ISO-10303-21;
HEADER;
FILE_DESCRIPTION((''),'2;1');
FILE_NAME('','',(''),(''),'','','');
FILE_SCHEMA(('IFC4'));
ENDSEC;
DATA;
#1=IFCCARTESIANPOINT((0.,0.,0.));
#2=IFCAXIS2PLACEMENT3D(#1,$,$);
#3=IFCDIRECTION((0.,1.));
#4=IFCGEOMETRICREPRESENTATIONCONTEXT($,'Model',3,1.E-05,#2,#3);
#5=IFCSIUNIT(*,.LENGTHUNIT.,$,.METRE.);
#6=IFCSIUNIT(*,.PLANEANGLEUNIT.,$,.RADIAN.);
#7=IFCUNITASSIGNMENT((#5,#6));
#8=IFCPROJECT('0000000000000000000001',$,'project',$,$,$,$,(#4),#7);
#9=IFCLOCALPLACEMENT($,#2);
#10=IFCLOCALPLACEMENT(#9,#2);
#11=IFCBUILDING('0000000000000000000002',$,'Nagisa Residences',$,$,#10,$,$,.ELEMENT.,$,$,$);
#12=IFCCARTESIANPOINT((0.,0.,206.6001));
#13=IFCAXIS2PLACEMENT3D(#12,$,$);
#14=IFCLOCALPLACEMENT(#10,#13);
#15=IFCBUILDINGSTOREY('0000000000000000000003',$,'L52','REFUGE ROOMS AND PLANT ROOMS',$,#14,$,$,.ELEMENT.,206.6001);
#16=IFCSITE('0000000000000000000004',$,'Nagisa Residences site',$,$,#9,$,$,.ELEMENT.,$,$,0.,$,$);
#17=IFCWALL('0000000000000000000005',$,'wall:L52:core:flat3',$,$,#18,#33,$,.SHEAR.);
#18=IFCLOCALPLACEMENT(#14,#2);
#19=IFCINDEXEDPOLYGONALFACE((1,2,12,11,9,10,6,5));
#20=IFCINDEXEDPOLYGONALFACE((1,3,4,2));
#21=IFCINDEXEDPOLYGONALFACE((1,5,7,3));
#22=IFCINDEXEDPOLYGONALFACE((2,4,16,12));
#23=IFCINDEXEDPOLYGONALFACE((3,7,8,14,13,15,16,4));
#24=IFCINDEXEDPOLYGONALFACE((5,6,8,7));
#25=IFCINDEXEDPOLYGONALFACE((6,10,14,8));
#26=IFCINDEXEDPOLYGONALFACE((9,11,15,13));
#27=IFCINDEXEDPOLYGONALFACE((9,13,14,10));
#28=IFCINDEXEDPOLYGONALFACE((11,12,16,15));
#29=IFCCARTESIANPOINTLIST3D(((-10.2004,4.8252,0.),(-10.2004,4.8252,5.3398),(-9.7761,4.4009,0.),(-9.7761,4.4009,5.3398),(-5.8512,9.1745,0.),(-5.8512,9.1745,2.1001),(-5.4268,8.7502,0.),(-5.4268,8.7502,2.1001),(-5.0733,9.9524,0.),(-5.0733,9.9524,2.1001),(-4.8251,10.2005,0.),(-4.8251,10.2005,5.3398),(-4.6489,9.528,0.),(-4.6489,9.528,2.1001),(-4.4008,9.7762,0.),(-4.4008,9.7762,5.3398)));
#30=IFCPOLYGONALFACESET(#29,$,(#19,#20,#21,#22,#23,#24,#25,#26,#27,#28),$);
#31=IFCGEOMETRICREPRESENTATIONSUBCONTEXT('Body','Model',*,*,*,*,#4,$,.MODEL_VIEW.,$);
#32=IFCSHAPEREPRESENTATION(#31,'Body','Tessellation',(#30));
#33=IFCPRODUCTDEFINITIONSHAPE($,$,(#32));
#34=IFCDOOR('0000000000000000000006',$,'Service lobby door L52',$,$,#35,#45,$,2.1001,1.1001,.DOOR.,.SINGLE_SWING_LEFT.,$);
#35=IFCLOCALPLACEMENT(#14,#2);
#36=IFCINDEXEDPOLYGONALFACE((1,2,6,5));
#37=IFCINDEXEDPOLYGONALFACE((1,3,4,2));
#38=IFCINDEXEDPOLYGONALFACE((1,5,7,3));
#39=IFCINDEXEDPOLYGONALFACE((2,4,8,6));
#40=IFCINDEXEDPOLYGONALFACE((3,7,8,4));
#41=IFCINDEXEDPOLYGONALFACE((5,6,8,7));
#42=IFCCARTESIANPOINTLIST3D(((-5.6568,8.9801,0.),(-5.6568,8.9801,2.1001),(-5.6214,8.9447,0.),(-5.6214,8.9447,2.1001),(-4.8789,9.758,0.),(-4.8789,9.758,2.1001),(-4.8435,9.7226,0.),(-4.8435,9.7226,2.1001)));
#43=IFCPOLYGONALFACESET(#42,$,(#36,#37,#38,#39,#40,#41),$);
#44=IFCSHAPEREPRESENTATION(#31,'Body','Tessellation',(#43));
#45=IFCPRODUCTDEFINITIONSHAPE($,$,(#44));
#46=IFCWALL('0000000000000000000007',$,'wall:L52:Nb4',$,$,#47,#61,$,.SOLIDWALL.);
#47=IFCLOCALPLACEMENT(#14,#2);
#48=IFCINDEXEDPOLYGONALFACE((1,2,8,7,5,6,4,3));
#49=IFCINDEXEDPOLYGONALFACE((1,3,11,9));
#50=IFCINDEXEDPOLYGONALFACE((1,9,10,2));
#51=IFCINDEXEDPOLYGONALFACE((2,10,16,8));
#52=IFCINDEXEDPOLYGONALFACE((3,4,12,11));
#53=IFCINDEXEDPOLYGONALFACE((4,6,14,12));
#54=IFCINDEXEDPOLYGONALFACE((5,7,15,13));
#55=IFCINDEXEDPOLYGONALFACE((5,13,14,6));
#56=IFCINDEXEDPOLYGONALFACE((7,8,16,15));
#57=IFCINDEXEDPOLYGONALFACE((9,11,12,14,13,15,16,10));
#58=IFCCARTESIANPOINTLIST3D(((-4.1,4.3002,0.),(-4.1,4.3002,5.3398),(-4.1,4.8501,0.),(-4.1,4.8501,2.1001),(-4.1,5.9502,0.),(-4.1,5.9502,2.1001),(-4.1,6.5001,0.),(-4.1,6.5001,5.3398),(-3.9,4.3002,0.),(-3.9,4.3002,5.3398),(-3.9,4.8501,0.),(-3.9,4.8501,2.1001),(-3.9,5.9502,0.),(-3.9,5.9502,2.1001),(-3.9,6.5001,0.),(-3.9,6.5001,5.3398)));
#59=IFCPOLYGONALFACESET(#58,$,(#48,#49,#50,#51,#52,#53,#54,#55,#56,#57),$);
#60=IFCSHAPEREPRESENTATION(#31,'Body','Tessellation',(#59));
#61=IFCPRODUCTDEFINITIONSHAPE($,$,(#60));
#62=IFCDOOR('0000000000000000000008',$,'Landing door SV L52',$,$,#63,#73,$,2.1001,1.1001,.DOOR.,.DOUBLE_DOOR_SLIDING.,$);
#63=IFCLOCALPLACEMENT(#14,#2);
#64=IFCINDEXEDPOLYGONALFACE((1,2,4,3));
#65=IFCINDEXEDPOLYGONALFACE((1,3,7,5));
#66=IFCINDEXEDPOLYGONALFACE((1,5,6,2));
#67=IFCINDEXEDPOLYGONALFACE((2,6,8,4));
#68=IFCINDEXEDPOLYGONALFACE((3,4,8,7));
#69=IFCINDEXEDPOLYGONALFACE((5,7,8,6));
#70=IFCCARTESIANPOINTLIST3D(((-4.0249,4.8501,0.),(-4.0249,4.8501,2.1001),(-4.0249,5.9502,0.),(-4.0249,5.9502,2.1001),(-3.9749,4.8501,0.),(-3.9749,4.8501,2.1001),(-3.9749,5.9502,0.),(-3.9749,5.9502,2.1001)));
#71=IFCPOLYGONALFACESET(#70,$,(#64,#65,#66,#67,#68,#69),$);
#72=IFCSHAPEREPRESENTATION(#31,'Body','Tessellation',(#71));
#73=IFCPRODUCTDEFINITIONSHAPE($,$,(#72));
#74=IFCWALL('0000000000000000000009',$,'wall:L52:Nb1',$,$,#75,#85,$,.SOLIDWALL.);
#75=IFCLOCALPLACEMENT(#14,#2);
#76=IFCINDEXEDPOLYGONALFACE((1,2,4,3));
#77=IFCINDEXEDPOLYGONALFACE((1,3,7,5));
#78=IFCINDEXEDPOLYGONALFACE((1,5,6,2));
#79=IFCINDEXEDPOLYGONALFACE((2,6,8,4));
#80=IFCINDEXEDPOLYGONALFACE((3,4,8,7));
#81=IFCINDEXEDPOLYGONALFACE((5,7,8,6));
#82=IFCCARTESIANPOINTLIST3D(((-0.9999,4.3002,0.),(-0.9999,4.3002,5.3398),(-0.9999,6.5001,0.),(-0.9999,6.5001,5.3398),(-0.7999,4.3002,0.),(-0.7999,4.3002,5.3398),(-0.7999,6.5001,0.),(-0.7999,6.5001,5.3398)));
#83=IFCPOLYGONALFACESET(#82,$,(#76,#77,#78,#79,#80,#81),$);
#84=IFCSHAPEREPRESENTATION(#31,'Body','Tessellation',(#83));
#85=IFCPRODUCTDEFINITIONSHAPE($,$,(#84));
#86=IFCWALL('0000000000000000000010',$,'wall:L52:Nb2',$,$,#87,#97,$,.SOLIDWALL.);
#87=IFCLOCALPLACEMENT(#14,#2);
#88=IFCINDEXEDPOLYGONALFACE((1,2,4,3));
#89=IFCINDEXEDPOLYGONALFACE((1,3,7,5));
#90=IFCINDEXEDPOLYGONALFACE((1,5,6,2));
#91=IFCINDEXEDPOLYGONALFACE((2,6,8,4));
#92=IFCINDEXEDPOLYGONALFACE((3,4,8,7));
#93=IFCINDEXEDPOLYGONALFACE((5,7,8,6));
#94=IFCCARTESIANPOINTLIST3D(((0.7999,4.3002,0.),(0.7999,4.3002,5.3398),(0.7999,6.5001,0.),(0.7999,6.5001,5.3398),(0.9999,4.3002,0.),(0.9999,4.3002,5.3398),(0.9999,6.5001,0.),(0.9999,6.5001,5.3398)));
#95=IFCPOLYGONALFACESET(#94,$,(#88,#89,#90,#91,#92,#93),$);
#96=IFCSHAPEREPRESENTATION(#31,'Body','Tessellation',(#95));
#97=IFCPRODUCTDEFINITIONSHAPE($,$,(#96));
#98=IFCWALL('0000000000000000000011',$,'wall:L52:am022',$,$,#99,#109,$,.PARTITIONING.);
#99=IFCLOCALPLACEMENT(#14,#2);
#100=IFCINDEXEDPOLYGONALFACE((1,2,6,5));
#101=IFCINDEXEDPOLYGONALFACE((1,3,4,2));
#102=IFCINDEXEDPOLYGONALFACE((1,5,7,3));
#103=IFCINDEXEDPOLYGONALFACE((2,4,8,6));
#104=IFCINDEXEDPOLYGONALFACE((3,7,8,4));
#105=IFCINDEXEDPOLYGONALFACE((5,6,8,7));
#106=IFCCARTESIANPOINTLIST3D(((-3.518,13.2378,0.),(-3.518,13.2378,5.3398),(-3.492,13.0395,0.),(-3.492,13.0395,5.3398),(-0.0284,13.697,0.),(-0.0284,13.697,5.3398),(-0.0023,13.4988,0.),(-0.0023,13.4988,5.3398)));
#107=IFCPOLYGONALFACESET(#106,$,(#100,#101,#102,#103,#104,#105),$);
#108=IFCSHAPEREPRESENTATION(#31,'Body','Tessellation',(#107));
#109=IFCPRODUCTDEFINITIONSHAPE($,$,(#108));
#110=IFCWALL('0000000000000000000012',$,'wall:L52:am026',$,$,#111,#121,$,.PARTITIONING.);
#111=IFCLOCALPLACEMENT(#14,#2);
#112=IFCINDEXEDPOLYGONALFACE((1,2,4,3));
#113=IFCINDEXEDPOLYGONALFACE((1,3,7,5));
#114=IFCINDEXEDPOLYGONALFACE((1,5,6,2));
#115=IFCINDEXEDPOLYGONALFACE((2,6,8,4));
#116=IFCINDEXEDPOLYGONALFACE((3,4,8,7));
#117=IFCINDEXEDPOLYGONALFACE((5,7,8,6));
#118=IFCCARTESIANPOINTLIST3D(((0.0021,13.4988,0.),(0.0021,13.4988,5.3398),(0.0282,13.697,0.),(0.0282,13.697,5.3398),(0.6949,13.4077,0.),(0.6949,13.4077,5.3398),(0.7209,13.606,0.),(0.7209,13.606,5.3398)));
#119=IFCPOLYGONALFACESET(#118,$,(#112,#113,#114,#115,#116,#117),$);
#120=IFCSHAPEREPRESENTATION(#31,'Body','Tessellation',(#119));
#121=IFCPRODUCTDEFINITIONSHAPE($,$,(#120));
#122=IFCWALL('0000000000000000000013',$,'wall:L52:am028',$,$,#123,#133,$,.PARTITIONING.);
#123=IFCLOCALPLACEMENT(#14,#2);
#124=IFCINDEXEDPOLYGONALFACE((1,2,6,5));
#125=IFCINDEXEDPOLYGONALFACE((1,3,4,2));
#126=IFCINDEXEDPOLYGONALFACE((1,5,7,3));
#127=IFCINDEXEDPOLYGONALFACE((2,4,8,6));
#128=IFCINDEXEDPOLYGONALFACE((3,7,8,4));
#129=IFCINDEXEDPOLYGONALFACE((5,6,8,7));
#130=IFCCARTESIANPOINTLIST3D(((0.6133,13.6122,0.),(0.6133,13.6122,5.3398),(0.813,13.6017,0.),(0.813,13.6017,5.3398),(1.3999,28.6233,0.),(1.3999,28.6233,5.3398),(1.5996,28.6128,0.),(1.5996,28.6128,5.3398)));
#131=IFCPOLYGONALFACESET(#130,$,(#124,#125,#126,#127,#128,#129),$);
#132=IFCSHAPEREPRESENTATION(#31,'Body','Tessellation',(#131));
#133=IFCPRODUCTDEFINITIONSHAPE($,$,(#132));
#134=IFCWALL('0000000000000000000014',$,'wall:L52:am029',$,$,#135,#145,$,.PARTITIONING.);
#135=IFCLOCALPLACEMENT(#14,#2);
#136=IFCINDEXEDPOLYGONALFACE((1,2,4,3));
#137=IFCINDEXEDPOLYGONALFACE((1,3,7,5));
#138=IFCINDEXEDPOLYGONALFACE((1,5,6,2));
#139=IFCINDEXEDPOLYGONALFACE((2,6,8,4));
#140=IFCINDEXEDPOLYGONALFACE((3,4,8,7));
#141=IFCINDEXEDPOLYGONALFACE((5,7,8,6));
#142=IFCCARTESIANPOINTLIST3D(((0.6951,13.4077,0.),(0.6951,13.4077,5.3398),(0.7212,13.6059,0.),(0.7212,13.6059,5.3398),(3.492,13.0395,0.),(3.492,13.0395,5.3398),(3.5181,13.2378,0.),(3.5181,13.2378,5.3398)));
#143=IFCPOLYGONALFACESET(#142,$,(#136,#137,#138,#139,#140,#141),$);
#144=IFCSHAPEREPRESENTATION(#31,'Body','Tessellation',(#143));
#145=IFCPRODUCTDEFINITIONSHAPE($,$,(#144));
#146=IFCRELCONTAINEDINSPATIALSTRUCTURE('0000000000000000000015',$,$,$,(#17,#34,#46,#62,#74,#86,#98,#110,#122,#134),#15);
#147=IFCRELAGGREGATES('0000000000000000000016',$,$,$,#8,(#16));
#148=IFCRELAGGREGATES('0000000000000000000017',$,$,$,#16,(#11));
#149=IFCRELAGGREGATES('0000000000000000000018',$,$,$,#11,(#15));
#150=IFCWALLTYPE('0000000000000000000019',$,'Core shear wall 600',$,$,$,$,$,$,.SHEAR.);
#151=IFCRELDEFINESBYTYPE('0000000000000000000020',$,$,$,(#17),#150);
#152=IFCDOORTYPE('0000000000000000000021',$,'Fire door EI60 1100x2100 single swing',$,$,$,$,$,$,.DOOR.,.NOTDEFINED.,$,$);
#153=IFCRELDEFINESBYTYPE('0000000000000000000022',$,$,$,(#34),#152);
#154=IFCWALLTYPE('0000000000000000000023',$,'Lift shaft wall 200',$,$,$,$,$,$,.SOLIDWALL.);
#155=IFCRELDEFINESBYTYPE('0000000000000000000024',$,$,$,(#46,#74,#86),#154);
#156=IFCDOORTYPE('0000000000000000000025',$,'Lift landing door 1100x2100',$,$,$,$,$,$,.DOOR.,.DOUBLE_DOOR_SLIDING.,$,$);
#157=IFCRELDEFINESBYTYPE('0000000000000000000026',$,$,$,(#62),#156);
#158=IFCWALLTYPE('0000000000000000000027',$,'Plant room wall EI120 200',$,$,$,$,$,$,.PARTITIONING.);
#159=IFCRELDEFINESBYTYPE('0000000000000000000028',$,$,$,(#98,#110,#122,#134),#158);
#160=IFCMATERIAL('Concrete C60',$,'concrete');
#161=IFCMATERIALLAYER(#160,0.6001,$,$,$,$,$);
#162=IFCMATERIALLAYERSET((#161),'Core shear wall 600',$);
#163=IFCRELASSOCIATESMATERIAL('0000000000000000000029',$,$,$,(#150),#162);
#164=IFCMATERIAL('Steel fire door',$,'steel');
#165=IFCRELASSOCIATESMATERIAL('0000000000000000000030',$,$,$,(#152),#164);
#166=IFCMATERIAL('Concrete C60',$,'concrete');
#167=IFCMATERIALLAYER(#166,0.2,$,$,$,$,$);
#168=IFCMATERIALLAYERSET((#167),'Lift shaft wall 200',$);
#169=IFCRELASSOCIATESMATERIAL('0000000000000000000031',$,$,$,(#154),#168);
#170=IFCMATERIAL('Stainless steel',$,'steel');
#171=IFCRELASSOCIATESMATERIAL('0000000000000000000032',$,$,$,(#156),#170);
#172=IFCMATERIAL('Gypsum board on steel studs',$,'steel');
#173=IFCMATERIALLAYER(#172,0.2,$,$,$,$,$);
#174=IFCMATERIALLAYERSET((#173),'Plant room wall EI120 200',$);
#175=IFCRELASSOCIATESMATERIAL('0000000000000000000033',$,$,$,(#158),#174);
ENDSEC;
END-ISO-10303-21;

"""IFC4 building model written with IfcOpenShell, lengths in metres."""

from ifc_helpers import new_model, si_unit, direction, frame, frame_2d, origin, place, context, subcontext, project, spatial, rectangle, extrude, material, layer, layer_set, type_object, element, fill, save


model = new_model("IFC4")

# Units and contexts
model_context = context("Model", 3, precision=1e-05, world=origin(), true_north=direction((0.0, 1.0)))
body_context = subcontext(model_context, "Body", "Model", "MODEL_VIEW")
ifc_project = project(units=[si_unit("LENGTHUNIT", "METRE"), si_unit("PLANEANGLEUNIT", "RADIAN")], contexts=[model_context])

# Site, building, storey
site_placement = place(None, origin())
site = spatial("IfcSite", under=ifc_project, at=site_placement, Name="Nagisa Residences site", CompositionType="ELEMENT", RefElevation=0.0)
building_placement = place(site_placement, origin())
building = spatial("IfcBuilding", under=site, at=building_placement, Name="Nagisa Residences", CompositionType="ELEMENT")
storey_placement = place(building_placement, frame((0.0, 0.0, 206.6001)))
storey = spatial("IfcBuildingStorey", under=building, at=storey_placement, Name="L52", Description="REFUGE ROOMS AND PLANT ROOMS", CompositionType="ELEMENT", Elevation=206.6001)

# Walls, openings, doors
ifc_material_1 = material(Name="Concrete C60", Category="concrete")
ifc_layer_1 = layer(ifc_material_1, 0.6001)
ifc_layer_set_1 = layer_set([ifc_layer_1], Name="Core shear wall 600")
wall_type_1 = type_object("IfcWallType", Name="Core shear wall 600", PredefinedType="SHEAR", material=ifc_layer_set_1)
wall_1_placement = place(storey_placement, frame((-4.613, 9.9883, 0.0), z_axis=(0.0, 0.0, 1.0), x_axis=(-0.707107, -0.707107, 0.0)))
wall_1 = element("IfcWall", 1, at=wall_1_placement, inside=storey, type_object=wall_type_1, Name="wall:L52:core:flat3", PredefinedType="SHEAR", context=body_context, shape_type="SweptSolid", body=[
    extrude(rectangle(XDim=7.6018, YDim=0.6001, at=frame_2d((3.8008, 0.0))), origin(), (0.0, 0.0, 1.0), 5.3398),
])
opening_1_placement = place(wall_1_placement, frame((0.3508, 0.0, 0.0)))
opening_1 = element("IfcOpeningElement", 2, at=opening_1_placement, cuts=wall_1, PredefinedType="OPENING", context=body_context, shape_type="SweptSolid", body=[
    extrude(rectangle(XDim=1.1001, YDim=2.1001, at=frame_2d((0.55, 1.05))), frame((0.0, 0.3101, 0.0), z_axis=(0.0, -1.0, 0.0), x_axis=(1.0, 0.0, 0.0)), (0.0, 0.0, 1.0), 0.6201),
])
ifc_material_2 = material(Name="Steel fire door", Category="steel")
door_type_1 = type_object("IfcDoorType", Name="Fire door EI60 1100x2100 single swing", OperationType="NOTDEFINED", PredefinedType="DOOR", material=ifc_material_2)
door_1_placement = place(opening_1_placement, origin())
door_1 = element("IfcDoor", 3, at=door_1_placement, inside=storey, type_object=door_type_1, Name="Service lobby door L52", OperationType="SINGLE_SWING_LEFT", OverallHeight=2.1001, OverallWidth=1.1001, PredefinedType="DOOR", context=body_context, shape_type="SweptSolid", body=[
    extrude(rectangle(XDim=1.1001, YDim=2.1001, at=frame_2d((0.55, 1.05))), frame((0.0, 0.0249, 0.0), z_axis=(0.0, -1.0, 0.0), x_axis=(1.0, 0.0, 0.0)), (0.0, 0.0, 1.0), 0.05),
])
fill(opening_1, door_1)
ifc_material_3 = material(Name="Concrete C60", Category="concrete")
ifc_layer_2 = layer(ifc_material_3, 0.2)
ifc_layer_set_2 = layer_set([ifc_layer_2], Name="Lift shaft wall 200")
wall_type_2 = type_object("IfcWallType", Name="Lift shaft wall 200", PredefinedType="SOLIDWALL", material=ifc_layer_set_2)
wall_2_placement = place(storey_placement, frame((-4.0, 4.3, 0.0), z_axis=(0.0, 0.0, 1.0), x_axis=(0.0, 1.0, 0.0)))
wall_2 = element("IfcWall", 4, at=wall_2_placement, inside=storey, type_object=wall_type_2, Name="wall:L52:Nb4", PredefinedType="SOLIDWALL", context=body_context, shape_type="SweptSolid", body=[
    extrude(rectangle(XDim=2.2, YDim=0.2, at=frame_2d((1.1001, 0.0))), origin(), (0.0, 0.0, 1.0), 5.3398),
])
opening_2_placement = place(wall_2_placement, frame((0.55, 0.0, 0.0)))
opening_2 = element("IfcOpeningElement", 5, at=opening_2_placement, cuts=wall_2, PredefinedType="OPENING", context=body_context, shape_type="SweptSolid", body=[
    extrude(rectangle(XDim=1.1001, YDim=2.1001, at=frame_2d((0.55, 1.05))), frame((0.0, 0.1099, 0.0), z_axis=(0.0, -1.0, 0.0), x_axis=(1.0, 0.0, 0.0)), (0.0, 0.0, 1.0), 0.22),
])
ifc_material_4 = material(Name="Stainless steel", Category="steel")
door_type_2 = type_object("IfcDoorType", Name="Lift landing door 1100x2100", OperationType="DOUBLE_DOOR_SLIDING", PredefinedType="DOOR", material=ifc_material_4)
door_2_placement = place(opening_2_placement, origin())
door_2 = element("IfcDoor", 6, at=door_2_placement, inside=storey, type_object=door_type_2, Name="Landing door SV L52", OperationType="DOUBLE_DOOR_SLIDING", OverallHeight=2.1001, OverallWidth=1.1001, PredefinedType="DOOR", context=body_context, shape_type="SweptSolid", body=[
    extrude(rectangle(XDim=1.1001, YDim=2.1001, at=frame_2d((0.55, 1.05))), frame((0.0, 0.0249, 0.0), z_axis=(0.0, -1.0, 0.0), x_axis=(1.0, 0.0, 0.0)), (0.0, 0.0, 1.0), 0.05),
])
fill(opening_2, door_2)

# Walls
for number, where, z_axis, x_axis, name in (
    (7, (-0.8999, 4.3, 0.0), (0.0, 0.0, 1.0), (0.0, 1.0, 0.0), "wall:L52:Nb1"),
    (8, (0.8999, 4.3, 0.0), (0.0, 0.0, 1.0), (0.0, 1.0, 0.0), "wall:L52:Nb2"),
):
    element("IfcWall", number, at=place(storey_placement, frame(where, z_axis=z_axis, x_axis=x_axis)), inside=storey, type_object=wall_type_2, Name=name, PredefinedType="SOLIDWALL", context=body_context, shape_type="SweptSolid", body=[
        extrude(rectangle(XDim=2.2, YDim=0.2, at=frame_2d((1.1001, 0.0))), origin(), (0.0, 0.0, 1.0), 5.3398),
    ])
ifc_material_5 = material(Name="Gypsum board on steel studs", Category="steel")
ifc_layer_3 = layer(ifc_material_5, 0.2)
ifc_layer_set_3 = layer_set([ifc_layer_3], Name="Plant room wall EI120 200")
wall_type_3 = type_object("IfcWallType", Name="Plant room wall EI120 200", PredefinedType="PARTITIONING", material=ifc_layer_set_3)
wall_3_placement = place(storey_placement, frame((-3.5049, 13.1387, 0.0), z_axis=(0.0, 0.0, 1.0), x_axis=(0.991452, 0.130469, 0.0)))
element("IfcWall", 9, at=wall_3_placement, inside=storey, type_object=wall_type_3, Name="wall:L52:am022", PredefinedType="PARTITIONING", context=body_context, shape_type="SweptSolid", body=[
    extrude(rectangle(XDim=3.5198, YDim=0.2, at=frame_2d((1.7598, 0.0))), origin(), (0.0, 0.0, 1.0), 5.3398),
])
wall_4_placement = place(storey_placement, frame((0.0151, 13.5979, 0.0), z_axis=(0.0, 0.0, 1.0), x_axis=(0.991473, -0.13031, 0.0)))
element("IfcWall", 10, at=wall_4_placement, inside=storey, type_object=wall_type_3, Name="wall:L52:am026", PredefinedType="PARTITIONING", context=body_context, shape_type="SweptSolid", body=[
    extrude(rectangle(XDim=0.6987, YDim=0.2, at=frame_2d((0.3494, 0.0))), origin(), (0.0, 0.0, 1.0), 5.3398),
])
wall_5_placement = place(storey_placement, frame((0.7131, 13.6069, 0.0), z_axis=(0.0, 0.0, 1.0), x_axis=(0.05233, 0.99863, 0.0)))
element("IfcWall", 11, at=wall_5_placement, inside=storey, type_object=wall_type_3, Name="wall:L52:am028", PredefinedType="PARTITIONING", context=body_context, shape_type="SweptSolid", body=[
    extrude(rectangle(XDim=15.0317, YDim=0.2, at=frame_2d((7.5159, 0.0))), origin(), (0.0, 0.0, 1.0), 5.3398),
])
wall_6_placement = place(storey_placement, frame((0.708, 13.5068, 0.0), z_axis=(0.0, 0.0, 1.0), x_axis=(0.991447, -0.130508, 0.0)))
element("IfcWall", 12, at=wall_6_placement, inside=storey, type_object=wall_type_3, Name="wall:L52:am029", PredefinedType="PARTITIONING", context=body_context, shape_type="SweptSolid", body=[
    extrude(rectangle(XDim=2.821, YDim=0.2, at=frame_2d((1.4106, 0.0))), origin(), (0.0, 0.0, 1.0), 5.3398),
])

save(model, "model.ifc")
